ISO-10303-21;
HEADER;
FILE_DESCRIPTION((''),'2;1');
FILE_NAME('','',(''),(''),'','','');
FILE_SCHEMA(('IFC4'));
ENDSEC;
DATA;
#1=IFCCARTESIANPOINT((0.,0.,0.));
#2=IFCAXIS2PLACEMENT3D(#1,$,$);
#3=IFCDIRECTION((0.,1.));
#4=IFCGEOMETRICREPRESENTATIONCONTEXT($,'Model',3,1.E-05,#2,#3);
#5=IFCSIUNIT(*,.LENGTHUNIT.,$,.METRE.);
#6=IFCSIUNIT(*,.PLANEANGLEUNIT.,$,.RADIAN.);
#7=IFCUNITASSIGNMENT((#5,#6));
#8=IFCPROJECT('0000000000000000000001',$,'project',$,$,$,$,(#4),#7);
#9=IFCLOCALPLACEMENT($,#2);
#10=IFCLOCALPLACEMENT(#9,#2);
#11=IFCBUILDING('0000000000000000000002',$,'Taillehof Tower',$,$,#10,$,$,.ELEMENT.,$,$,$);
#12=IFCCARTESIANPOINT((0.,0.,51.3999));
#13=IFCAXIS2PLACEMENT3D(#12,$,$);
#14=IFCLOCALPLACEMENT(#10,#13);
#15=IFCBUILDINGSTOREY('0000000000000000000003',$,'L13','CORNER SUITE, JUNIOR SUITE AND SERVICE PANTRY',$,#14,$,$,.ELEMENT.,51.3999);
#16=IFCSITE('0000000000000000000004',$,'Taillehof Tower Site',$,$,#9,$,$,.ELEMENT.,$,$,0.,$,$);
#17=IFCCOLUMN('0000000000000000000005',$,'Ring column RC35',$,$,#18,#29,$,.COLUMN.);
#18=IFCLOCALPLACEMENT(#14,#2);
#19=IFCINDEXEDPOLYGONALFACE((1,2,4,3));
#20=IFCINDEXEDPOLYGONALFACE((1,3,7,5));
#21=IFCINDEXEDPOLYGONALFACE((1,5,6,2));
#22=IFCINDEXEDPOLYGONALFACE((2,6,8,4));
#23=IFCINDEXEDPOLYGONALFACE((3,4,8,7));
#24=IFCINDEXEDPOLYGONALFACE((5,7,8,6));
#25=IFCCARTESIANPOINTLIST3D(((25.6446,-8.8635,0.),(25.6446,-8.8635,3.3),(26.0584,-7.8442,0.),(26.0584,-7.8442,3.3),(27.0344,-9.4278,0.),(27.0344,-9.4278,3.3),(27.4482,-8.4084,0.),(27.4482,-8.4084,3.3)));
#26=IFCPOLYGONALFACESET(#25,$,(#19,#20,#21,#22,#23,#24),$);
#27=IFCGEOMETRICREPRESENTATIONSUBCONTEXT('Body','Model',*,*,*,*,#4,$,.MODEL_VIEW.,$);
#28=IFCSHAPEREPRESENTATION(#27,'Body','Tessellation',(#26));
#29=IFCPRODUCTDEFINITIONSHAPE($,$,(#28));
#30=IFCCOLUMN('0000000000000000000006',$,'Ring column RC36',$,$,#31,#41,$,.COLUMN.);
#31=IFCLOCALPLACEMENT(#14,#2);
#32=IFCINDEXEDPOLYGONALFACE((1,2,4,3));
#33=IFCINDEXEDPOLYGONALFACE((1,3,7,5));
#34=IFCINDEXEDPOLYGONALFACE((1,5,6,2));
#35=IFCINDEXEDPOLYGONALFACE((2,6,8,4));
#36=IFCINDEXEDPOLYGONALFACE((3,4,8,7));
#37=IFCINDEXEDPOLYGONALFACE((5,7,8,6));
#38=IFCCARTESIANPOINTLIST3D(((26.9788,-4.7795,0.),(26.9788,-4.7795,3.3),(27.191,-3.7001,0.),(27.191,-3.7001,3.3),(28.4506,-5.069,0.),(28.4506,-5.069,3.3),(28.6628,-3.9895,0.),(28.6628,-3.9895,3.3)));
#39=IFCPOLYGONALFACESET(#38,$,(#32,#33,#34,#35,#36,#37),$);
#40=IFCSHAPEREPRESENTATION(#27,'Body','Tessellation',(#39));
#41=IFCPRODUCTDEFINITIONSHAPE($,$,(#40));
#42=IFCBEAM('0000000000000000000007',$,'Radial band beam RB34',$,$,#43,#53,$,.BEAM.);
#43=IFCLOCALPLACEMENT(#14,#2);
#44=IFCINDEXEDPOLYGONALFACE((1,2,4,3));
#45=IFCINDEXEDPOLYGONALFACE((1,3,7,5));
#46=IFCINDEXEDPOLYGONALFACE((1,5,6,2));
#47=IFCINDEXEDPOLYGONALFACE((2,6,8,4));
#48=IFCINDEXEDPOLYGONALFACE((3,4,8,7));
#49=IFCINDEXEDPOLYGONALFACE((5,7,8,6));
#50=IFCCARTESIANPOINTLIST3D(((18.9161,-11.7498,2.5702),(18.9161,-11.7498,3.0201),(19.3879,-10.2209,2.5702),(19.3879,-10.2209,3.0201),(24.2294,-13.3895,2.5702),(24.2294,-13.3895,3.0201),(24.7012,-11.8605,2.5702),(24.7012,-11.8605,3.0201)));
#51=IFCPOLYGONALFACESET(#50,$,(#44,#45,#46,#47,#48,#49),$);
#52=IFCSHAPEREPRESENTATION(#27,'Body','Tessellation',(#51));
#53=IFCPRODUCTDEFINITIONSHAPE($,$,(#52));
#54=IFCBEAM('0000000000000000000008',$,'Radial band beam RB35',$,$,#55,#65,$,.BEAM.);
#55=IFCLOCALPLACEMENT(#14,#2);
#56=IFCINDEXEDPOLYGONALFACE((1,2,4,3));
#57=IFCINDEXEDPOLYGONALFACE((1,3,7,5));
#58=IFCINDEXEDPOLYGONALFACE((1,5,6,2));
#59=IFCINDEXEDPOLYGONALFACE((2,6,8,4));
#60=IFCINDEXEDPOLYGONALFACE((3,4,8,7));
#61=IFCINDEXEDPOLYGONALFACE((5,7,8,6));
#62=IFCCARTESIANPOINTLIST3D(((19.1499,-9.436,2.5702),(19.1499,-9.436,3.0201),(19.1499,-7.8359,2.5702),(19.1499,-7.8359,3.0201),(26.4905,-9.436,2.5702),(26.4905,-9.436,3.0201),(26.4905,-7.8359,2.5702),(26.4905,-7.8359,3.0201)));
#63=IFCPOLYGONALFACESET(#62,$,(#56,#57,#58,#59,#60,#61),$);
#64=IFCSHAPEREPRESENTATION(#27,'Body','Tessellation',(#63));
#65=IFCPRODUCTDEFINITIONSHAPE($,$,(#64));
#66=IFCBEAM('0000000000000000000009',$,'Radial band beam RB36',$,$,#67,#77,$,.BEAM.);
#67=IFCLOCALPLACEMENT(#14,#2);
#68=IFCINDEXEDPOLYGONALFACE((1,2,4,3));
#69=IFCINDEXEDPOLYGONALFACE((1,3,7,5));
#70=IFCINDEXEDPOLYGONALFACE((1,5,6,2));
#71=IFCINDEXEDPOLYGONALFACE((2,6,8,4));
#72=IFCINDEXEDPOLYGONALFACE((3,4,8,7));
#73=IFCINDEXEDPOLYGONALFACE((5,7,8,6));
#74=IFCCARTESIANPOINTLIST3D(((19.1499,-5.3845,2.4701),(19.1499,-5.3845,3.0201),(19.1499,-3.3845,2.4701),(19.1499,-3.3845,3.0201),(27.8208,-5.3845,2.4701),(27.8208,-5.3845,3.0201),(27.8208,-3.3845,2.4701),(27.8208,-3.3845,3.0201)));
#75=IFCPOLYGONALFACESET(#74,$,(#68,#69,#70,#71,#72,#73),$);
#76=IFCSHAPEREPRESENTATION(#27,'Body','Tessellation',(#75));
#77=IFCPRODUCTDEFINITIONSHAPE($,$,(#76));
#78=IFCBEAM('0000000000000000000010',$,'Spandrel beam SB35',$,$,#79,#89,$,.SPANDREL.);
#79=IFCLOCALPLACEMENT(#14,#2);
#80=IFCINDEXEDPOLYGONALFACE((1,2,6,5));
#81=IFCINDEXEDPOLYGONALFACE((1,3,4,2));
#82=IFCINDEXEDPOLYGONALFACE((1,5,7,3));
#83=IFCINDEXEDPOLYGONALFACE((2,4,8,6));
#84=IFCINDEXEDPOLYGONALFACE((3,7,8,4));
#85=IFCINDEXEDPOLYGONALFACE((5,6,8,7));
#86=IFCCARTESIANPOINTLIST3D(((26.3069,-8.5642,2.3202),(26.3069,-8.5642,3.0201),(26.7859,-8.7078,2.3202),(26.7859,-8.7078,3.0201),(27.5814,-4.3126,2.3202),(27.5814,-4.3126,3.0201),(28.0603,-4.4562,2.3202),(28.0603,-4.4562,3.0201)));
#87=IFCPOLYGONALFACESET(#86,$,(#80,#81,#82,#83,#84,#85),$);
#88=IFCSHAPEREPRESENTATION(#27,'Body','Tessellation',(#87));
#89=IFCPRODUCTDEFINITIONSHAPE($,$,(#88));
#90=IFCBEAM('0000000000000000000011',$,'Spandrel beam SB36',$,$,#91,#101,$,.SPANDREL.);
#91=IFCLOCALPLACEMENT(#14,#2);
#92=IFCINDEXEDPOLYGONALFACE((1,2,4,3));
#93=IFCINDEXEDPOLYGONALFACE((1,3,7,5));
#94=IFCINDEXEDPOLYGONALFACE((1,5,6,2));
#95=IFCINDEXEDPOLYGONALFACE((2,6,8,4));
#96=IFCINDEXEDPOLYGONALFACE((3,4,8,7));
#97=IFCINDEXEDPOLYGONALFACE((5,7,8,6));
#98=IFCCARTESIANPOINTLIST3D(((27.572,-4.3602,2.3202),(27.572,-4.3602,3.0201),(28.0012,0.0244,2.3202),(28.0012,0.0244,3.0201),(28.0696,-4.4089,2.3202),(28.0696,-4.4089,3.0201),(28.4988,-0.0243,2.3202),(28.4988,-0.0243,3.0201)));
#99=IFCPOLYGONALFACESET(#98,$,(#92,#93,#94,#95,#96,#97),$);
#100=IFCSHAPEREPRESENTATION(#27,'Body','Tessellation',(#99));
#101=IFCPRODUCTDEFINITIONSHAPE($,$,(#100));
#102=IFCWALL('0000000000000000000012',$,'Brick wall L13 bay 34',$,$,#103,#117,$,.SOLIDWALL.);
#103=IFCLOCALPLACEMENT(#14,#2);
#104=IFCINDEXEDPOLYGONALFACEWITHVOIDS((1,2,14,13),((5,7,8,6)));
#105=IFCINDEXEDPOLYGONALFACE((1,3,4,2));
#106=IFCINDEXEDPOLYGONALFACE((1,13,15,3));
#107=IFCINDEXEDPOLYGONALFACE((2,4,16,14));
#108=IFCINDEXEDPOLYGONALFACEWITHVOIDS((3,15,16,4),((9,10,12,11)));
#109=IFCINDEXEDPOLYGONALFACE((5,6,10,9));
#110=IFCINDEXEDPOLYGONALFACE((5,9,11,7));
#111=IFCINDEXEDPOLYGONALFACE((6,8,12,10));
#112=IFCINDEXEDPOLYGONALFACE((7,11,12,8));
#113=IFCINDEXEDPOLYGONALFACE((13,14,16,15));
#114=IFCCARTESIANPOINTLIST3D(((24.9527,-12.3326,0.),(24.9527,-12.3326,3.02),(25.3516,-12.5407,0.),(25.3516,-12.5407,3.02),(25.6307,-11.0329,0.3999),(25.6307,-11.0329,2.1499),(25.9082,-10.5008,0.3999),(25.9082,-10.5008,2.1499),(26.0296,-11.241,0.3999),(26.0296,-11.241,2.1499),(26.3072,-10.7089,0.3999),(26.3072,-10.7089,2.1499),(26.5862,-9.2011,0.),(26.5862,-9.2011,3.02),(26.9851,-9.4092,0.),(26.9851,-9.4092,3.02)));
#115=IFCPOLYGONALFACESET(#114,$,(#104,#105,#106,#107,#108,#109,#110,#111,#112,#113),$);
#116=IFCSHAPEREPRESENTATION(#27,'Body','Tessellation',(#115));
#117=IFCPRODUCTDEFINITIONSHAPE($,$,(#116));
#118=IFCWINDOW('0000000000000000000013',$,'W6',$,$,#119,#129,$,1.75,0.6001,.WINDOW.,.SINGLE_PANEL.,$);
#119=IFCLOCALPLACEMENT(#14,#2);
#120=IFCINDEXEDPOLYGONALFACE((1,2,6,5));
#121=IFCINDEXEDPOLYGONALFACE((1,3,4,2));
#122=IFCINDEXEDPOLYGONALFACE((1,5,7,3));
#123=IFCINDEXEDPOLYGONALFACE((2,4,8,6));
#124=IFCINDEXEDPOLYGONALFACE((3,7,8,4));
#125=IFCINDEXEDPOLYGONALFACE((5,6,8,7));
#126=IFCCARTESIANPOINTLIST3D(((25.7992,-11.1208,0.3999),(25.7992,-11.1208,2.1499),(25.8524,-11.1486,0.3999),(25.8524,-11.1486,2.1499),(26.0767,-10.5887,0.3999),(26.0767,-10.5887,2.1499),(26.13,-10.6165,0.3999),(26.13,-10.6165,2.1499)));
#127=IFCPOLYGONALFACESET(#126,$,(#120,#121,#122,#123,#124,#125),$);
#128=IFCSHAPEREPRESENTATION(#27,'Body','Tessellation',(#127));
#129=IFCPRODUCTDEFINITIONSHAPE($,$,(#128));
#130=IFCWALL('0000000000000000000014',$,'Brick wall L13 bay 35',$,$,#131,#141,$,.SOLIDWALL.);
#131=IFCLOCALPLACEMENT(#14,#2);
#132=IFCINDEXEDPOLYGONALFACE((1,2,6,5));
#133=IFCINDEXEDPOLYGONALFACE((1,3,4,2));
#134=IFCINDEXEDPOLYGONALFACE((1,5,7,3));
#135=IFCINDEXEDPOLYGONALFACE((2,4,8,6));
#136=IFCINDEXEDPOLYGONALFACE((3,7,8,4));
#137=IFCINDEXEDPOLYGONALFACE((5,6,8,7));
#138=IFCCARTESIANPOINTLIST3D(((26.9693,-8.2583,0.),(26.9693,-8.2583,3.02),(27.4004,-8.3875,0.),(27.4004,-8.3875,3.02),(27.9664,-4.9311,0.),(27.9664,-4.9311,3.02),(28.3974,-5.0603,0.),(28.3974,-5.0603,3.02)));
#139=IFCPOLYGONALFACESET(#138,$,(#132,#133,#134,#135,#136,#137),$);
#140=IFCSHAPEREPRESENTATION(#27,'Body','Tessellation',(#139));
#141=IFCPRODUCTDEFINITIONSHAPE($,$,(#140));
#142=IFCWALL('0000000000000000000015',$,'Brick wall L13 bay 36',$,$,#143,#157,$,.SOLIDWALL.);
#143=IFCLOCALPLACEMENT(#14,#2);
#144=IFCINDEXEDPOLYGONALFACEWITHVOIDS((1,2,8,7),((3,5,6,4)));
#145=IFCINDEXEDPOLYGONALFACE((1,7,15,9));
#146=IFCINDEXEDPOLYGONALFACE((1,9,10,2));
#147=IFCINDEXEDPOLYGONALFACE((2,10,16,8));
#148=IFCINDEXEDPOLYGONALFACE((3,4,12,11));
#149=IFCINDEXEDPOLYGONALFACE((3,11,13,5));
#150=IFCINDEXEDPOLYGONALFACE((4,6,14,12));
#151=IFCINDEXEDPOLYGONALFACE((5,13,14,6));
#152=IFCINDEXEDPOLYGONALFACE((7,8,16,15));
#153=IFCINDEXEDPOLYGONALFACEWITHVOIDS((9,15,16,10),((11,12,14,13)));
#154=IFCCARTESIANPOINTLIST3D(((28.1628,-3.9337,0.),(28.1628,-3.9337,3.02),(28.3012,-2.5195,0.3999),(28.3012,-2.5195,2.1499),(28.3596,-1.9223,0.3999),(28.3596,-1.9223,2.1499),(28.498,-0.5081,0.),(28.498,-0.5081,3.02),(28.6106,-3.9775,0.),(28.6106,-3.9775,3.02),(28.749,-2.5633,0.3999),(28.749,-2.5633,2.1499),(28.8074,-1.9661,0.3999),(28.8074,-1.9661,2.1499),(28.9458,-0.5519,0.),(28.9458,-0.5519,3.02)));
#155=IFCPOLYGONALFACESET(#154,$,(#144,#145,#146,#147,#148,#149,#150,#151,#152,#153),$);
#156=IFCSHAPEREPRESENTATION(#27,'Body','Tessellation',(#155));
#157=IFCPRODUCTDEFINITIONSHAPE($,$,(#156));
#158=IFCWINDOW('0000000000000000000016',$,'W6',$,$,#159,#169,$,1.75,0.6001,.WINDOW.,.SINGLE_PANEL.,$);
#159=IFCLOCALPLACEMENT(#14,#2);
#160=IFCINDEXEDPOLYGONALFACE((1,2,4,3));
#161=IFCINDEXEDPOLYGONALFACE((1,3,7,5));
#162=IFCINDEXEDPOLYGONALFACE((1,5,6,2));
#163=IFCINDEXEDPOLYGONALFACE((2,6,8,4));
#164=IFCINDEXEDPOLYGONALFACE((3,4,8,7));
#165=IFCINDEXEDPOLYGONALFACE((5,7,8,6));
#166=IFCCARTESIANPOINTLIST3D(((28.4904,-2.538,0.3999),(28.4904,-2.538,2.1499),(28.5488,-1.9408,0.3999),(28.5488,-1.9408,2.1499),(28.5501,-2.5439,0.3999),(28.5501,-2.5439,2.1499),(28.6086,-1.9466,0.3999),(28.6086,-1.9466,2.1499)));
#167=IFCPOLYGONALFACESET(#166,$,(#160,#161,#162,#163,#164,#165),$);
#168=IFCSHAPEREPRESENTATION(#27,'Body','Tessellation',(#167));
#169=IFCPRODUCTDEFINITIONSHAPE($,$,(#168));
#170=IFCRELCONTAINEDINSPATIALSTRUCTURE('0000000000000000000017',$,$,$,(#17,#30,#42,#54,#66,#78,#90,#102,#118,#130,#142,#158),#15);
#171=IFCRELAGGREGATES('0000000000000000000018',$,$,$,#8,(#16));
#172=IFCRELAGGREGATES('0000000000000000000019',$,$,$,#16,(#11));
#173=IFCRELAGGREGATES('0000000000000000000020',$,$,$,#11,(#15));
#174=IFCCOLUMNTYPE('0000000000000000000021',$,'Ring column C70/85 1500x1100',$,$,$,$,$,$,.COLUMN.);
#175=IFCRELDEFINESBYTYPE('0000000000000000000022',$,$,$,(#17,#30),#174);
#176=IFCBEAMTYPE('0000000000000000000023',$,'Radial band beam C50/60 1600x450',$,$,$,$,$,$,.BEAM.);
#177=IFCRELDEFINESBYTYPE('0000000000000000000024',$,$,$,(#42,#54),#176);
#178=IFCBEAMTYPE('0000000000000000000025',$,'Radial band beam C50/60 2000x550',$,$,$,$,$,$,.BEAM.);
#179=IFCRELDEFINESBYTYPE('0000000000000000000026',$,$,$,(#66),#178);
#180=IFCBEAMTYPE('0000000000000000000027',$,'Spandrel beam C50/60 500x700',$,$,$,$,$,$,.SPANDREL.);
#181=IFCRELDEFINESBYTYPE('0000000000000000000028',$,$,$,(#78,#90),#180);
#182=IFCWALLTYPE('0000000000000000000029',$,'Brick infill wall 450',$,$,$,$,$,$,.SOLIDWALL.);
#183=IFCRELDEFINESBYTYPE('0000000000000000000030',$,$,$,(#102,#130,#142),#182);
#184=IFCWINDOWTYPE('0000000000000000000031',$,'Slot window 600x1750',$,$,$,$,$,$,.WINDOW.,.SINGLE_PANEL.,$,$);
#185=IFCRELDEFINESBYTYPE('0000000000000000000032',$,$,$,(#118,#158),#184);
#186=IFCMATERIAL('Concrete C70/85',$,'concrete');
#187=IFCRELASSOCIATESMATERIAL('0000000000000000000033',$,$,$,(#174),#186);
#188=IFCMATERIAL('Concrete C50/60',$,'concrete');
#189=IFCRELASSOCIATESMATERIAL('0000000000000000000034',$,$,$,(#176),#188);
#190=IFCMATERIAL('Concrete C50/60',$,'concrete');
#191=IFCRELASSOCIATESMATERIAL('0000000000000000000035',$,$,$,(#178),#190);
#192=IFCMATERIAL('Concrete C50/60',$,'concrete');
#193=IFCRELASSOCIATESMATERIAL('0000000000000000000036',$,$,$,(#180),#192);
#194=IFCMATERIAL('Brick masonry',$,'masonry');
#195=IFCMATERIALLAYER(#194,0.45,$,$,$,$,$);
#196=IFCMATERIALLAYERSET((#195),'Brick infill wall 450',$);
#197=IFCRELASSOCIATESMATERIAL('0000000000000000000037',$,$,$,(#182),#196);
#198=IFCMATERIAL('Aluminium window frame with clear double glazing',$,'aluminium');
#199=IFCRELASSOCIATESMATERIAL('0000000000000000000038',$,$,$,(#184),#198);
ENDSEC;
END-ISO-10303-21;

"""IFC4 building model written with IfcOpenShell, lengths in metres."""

from ifc_helpers import new_model, si_unit, direction, frame, frame_2d, origin, origin_2d, place, context, subcontext, project, spatial, rectangle, extrude, material, layer, layer_set, material_profile, profile_set, type_object, element, fill, save


model = new_model("IFC4")

# Units and contexts
model_context = context("Model", 3, precision=1e-05, world=origin(), true_north=direction((0.0, 1.0)))
body_context = subcontext(model_context, "Body", "Model", "MODEL_VIEW")
ifc_project = project(units=[si_unit("LENGTHUNIT", "METRE"), si_unit("PLANEANGLEUNIT", "RADIAN")], contexts=[model_context])

# Site, building, storey
site_placement = place(None, origin())
site = spatial("IfcSite", under=ifc_project, at=site_placement, Name="Taillehof Tower Site", CompositionType="ELEMENT", RefElevation=0.0)
building_placement = place(site_placement, origin())
building = spatial("IfcBuilding", under=site, at=building_placement, Name="Taillehof Tower", CompositionType="ELEMENT")
storey_placement = place(building_placement, frame((0.0, 0.0, 51.3999)))
storey = spatial("IfcBuildingStorey", under=building, at=storey_placement, Name="L13", Description="CORNER SUITE, JUNIOR SUITE AND SERVICE PANTRY", CompositionType="ELEMENT", Elevation=51.3999)

# Columns
ifc_material_1 = material(Name="Concrete C70/85", Category="concrete")
ifc_material_profile_1 = material_profile(ifc_material_1, rectangle(XDim=1.5, YDim=1.1001, at=origin_2d()), Name="RC 1500x1100")
ifc_profile_set_1 = profile_set([ifc_material_profile_1], Name="Concrete C70/85")
column_type = type_object("IfcColumnType", Name="Ring column C70/85 1500x1100", PredefinedType="COLUMN", material=ifc_profile_set_1)
for number, where, z_axis, x_axis, name in (
    (1, (26.5464, -8.636, 0.0), (0.0, 0.0, 1.0), (0.926558, -0.376152, 0.0), "Ring column RC35"),
    (2, (27.8208, -4.3845, 0.0), (0.0, 0.0, 1.0), (0.981204, -0.192976, 0.0), "Ring column RC36"),
):
    element("IfcColumn", number, at=place(storey_placement, frame(where, z_axis=z_axis, x_axis=x_axis)), inside=storey, type_object=column_type, Name=name, PredefinedType="COLUMN", context=body_context, shape_type="SweptSolid", body=[
        extrude(rectangle(XDim=1.5, YDim=1.1001, at=origin_2d()), origin(), (0.0, 0.0, 1.0), 3.3),
    ])

# Beams
ifc_material_2 = material(Name="Concrete C50/60", Category="concrete")
ifc_material_profile_2 = material_profile(ifc_material_2, rectangle(XDim=1.6001, YDim=0.45, at=origin_2d()), Name="RC 1600x450")
ifc_profile_set_2 = profile_set([ifc_material_profile_2], Name="Concrete C50/60")
beam_type_1 = type_object("IfcBeamType", Name="Radial band beam C50/60 1600x450", PredefinedType="BEAM", material=ifc_profile_set_2)
beam_1_placement = place(storey_placement, frame((24.4653, -12.625, 2.7952), z_axis=(-0.955536, 0.294876, 0.0), x_axis=(-0.294876, -0.955536, 0.0)))
element("IfcBeam", 3, at=beam_1_placement, inside=storey, type_object=beam_type_1, Name="Radial band beam RB34", PredefinedType="BEAM", context=body_context, shape_type="SweptSolid", body=[
    extrude(rectangle(XDim=1.6001, YDim=0.45, at=origin_2d()), origin(), (0.0, 0.0, 1.0), 5.5605),
])
beam_2_placement = place(storey_placement, frame((26.4905, -8.636, 2.7952), z_axis=(-1.0, 0.0, 0.0), x_axis=(0.0, -1.0, 0.0)))
element("IfcBeam", 4, at=beam_2_placement, inside=storey, type_object=beam_type_1, Name="Radial band beam RB35", PredefinedType="BEAM", context=body_context, shape_type="SweptSolid", body=[
    extrude(rectangle(XDim=1.6001, YDim=0.45, at=origin_2d()), origin(), (0.0, 0.0, 1.0), 7.3406),
])
ifc_material_3 = material(Name="Concrete C50/60", Category="concrete")
ifc_material_profile_3 = material_profile(ifc_material_3, rectangle(XDim=2.0, YDim=0.55, at=origin_2d()), Name="RC 2000x550")
ifc_profile_set_3 = profile_set([ifc_material_profile_3], Name="Concrete C50/60")
beam_type_2 = type_object("IfcBeamType", Name="Radial band beam C50/60 2000x550", PredefinedType="BEAM", material=ifc_profile_set_3)
beam_3_placement = place(storey_placement, frame((27.8208, -4.3845, 2.7451), z_axis=(-1.0, 0.0, 0.0), x_axis=(0.0, -1.0, 0.0)))
element("IfcBeam", 5, at=beam_3_placement, inside=storey, type_object=beam_type_2, Name="Radial band beam RB36", PredefinedType="BEAM", context=body_context, shape_type="SweptSolid", body=[
    extrude(rectangle(XDim=2.0, YDim=0.55, at=origin_2d()), origin(), (0.0, 0.0, 1.0), 8.6709),
])
ifc_material_4 = material(Name="Concrete C50/60", Category="concrete")
ifc_material_profile_4 = material_profile(ifc_material_4, rectangle(XDim=0.5, YDim=0.7, at=origin_2d()), Name="RC 500x700")
ifc_profile_set_4 = profile_set([ifc_material_profile_4], Name="Concrete C50/60")
beam_type_3 = type_object("IfcBeamType", Name="Spandrel beam C50/60 500x700", PredefinedType="SPANDREL", material=ifc_profile_set_4)
beam_4_placement = place(storey_placement, frame((26.5464, -8.636, 2.6702), z_axis=(0.287136, 0.95789, 0.0), x_axis=(-0.95789, 0.287136, 0.0)))
element("IfcBeam", 6, at=beam_4_placement, inside=storey, type_object=beam_type_3, Name="Spandrel beam SB35", PredefinedType="SPANDREL", context=body_context, shape_type="SweptSolid", body=[
    extrude(rectangle(XDim=0.5, YDim=0.7, at=origin_2d()), origin(), (0.0, 0.0, 1.0), 4.4385),
])
beam_5_placement = place(storey_placement, frame((27.8208, -4.3845, 2.6702), z_axis=(0.097424, 0.995243, 0.0), x_axis=(-0.995243, 0.097424, 0.0)))
element("IfcBeam", 7, at=beam_5_placement, inside=storey, type_object=beam_type_3, Name="Spandrel beam SB36", PredefinedType="SPANDREL", context=body_context, shape_type="SweptSolid", body=[
    extrude(rectangle(XDim=0.5, YDim=0.7, at=origin_2d()), origin(), (0.0, 0.0, 1.0), 4.4055),
])

# Wall, opening, window
ifc_material_5 = material(Name="Brick masonry", Category="masonry")
ifc_layer_1 = layer(ifc_material_5, 0.45)
ifc_layer_set_1 = layer_set([ifc_layer_1], Name="Brick infill wall 450")
wall_type_1 = type_object("IfcWallType", Name="Brick infill wall 450", PredefinedType="SOLIDWALL", material=ifc_layer_set_1)
wall_1_placement = place(storey_placement, frame((25.1521, -12.4368, 0.0), z_axis=(0.0, 0.0, 1.0), x_axis=(0.462493, 0.886623, 0.0)))
wall_1 = element("IfcWall", 8, at=wall_1_placement, inside=storey, type_object=wall_type_1, Name="Brick wall L13 bay 34", PredefinedType="SOLIDWALL", context=body_context, shape_type="SweptSolid", body=[
    extrude(rectangle(XDim=3.532, YDim=0.45, at=frame_2d((1.7661, 0.0))), origin(), (0.0, 0.0, 1.0), 3.02),
])
opening_1_placement = place(wall_1_placement, frame((1.4661, 0.0, 0.3999)))
opening_1 = element("IfcOpeningElement", 9, at=opening_1_placement, cuts=wall_1, PredefinedType="OPENING", context=body_context, shape_type="SweptSolid", body=[
    extrude(rectangle(XDim=0.6001, YDim=1.75, at=frame_2d((0.3, 0.875))), frame((0.0, 0.2349, 0.0), z_axis=(0.0, -1.0, 0.0), x_axis=(1.0, 0.0, 0.0)), (0.0, 0.0, 1.0), 0.47),
])
ifc_material_6 = material(Name="Aluminium window frame with clear double glazing", Category="aluminium")
window_type = type_object("IfcWindowType", Name="Slot window 600x1750", PartitioningType="SINGLE_PANEL", PredefinedType="WINDOW", material=ifc_material_6)
window_1_placement = place(opening_1_placement, origin())
window_1 = element("IfcWindow", 10, at=window_1_placement, inside=storey, type_object=window_type, Name="W6", OverallHeight=1.75, OverallWidth=0.6001, PartitioningType="SINGLE_PANEL", PredefinedType="WINDOW", context=body_context, shape_type="SweptSolid", body=[
    extrude(rectangle(XDim=0.6001, YDim=1.75, at=frame_2d((0.3, 0.875))), frame((0.0, 0.0349, 0.0), z_axis=(0.0, -1.0, 0.0), x_axis=(1.0, 0.0, 0.0)), (0.0, 0.0, 1.0), 0.0601),
])
fill(opening_1, window_1)

# Wall
wall_2_placement = place(storey_placement, frame((27.1848, -8.323, 0.0), z_axis=(0.0, 0.0, 1.0), x_axis=(0.287064, 0.957911, 0.0)))
element("IfcWall", 11, at=wall_2_placement, inside=storey, type_object=wall_type_1, Name="Brick wall L13 bay 35", PredefinedType="SOLIDWALL", context=body_context, shape_type="SweptSolid", body=[
    extrude(rectangle(XDim=3.4734, YDim=0.45, at=frame_2d((1.7368, 0.0))), origin(), (0.0, 0.0, 1.0), 3.02),
])

# Wall, opening, window
wall_3_placement = place(storey_placement, frame((28.3867, -3.9556, 0.0), z_axis=(0.0, 0.0, 1.0), x_axis=(0.09739, 0.995246, 0.0)))
wall_3 = element("IfcWall", 12, at=wall_3_placement, inside=storey, type_object=wall_type_1, Name="Brick wall L13 bay 36", PredefinedType="SOLIDWALL", context=body_context, shape_type="SweptSolid", body=[
    extrude(rectangle(XDim=3.4419, YDim=0.45, at=frame_2d((1.7209, 0.0))), origin(), (0.0, 0.0, 1.0), 3.02),
])
opening_2_placement = place(wall_3_placement, frame((1.4209, 0.0, 0.3999)))
opening_2 = element("IfcOpeningElement", 13, at=opening_2_placement, cuts=wall_3, PredefinedType="OPENING", context=body_context, shape_type="SweptSolid", body=[
    extrude(rectangle(XDim=0.6001, YDim=1.75, at=frame_2d((0.3, 0.875))), frame((0.0, 0.2349, 0.0), z_axis=(0.0, -1.0, 0.0), x_axis=(1.0, 0.0, 0.0)), (0.0, 0.0, 1.0), 0.47),
])
window_2_placement = place(opening_2_placement, origin())
window_2 = element("IfcWindow", 14, at=window_2_placement, inside=storey, type_object=window_type, Name="W6", OverallHeight=1.75, OverallWidth=0.6001, PartitioningType="SINGLE_PANEL", PredefinedType="WINDOW", context=body_context, shape_type="SweptSolid", body=[
    extrude(rectangle(XDim=0.6001, YDim=1.75, at=frame_2d((0.3, 0.875))), frame((0.0, 0.0349, 0.0), z_axis=(0.0, -1.0, 0.0), x_axis=(1.0, 0.0, 0.0)), (0.0, 0.0, 1.0), 0.0601),
])
fill(opening_2, window_2)

save(model, "model.ifc")
